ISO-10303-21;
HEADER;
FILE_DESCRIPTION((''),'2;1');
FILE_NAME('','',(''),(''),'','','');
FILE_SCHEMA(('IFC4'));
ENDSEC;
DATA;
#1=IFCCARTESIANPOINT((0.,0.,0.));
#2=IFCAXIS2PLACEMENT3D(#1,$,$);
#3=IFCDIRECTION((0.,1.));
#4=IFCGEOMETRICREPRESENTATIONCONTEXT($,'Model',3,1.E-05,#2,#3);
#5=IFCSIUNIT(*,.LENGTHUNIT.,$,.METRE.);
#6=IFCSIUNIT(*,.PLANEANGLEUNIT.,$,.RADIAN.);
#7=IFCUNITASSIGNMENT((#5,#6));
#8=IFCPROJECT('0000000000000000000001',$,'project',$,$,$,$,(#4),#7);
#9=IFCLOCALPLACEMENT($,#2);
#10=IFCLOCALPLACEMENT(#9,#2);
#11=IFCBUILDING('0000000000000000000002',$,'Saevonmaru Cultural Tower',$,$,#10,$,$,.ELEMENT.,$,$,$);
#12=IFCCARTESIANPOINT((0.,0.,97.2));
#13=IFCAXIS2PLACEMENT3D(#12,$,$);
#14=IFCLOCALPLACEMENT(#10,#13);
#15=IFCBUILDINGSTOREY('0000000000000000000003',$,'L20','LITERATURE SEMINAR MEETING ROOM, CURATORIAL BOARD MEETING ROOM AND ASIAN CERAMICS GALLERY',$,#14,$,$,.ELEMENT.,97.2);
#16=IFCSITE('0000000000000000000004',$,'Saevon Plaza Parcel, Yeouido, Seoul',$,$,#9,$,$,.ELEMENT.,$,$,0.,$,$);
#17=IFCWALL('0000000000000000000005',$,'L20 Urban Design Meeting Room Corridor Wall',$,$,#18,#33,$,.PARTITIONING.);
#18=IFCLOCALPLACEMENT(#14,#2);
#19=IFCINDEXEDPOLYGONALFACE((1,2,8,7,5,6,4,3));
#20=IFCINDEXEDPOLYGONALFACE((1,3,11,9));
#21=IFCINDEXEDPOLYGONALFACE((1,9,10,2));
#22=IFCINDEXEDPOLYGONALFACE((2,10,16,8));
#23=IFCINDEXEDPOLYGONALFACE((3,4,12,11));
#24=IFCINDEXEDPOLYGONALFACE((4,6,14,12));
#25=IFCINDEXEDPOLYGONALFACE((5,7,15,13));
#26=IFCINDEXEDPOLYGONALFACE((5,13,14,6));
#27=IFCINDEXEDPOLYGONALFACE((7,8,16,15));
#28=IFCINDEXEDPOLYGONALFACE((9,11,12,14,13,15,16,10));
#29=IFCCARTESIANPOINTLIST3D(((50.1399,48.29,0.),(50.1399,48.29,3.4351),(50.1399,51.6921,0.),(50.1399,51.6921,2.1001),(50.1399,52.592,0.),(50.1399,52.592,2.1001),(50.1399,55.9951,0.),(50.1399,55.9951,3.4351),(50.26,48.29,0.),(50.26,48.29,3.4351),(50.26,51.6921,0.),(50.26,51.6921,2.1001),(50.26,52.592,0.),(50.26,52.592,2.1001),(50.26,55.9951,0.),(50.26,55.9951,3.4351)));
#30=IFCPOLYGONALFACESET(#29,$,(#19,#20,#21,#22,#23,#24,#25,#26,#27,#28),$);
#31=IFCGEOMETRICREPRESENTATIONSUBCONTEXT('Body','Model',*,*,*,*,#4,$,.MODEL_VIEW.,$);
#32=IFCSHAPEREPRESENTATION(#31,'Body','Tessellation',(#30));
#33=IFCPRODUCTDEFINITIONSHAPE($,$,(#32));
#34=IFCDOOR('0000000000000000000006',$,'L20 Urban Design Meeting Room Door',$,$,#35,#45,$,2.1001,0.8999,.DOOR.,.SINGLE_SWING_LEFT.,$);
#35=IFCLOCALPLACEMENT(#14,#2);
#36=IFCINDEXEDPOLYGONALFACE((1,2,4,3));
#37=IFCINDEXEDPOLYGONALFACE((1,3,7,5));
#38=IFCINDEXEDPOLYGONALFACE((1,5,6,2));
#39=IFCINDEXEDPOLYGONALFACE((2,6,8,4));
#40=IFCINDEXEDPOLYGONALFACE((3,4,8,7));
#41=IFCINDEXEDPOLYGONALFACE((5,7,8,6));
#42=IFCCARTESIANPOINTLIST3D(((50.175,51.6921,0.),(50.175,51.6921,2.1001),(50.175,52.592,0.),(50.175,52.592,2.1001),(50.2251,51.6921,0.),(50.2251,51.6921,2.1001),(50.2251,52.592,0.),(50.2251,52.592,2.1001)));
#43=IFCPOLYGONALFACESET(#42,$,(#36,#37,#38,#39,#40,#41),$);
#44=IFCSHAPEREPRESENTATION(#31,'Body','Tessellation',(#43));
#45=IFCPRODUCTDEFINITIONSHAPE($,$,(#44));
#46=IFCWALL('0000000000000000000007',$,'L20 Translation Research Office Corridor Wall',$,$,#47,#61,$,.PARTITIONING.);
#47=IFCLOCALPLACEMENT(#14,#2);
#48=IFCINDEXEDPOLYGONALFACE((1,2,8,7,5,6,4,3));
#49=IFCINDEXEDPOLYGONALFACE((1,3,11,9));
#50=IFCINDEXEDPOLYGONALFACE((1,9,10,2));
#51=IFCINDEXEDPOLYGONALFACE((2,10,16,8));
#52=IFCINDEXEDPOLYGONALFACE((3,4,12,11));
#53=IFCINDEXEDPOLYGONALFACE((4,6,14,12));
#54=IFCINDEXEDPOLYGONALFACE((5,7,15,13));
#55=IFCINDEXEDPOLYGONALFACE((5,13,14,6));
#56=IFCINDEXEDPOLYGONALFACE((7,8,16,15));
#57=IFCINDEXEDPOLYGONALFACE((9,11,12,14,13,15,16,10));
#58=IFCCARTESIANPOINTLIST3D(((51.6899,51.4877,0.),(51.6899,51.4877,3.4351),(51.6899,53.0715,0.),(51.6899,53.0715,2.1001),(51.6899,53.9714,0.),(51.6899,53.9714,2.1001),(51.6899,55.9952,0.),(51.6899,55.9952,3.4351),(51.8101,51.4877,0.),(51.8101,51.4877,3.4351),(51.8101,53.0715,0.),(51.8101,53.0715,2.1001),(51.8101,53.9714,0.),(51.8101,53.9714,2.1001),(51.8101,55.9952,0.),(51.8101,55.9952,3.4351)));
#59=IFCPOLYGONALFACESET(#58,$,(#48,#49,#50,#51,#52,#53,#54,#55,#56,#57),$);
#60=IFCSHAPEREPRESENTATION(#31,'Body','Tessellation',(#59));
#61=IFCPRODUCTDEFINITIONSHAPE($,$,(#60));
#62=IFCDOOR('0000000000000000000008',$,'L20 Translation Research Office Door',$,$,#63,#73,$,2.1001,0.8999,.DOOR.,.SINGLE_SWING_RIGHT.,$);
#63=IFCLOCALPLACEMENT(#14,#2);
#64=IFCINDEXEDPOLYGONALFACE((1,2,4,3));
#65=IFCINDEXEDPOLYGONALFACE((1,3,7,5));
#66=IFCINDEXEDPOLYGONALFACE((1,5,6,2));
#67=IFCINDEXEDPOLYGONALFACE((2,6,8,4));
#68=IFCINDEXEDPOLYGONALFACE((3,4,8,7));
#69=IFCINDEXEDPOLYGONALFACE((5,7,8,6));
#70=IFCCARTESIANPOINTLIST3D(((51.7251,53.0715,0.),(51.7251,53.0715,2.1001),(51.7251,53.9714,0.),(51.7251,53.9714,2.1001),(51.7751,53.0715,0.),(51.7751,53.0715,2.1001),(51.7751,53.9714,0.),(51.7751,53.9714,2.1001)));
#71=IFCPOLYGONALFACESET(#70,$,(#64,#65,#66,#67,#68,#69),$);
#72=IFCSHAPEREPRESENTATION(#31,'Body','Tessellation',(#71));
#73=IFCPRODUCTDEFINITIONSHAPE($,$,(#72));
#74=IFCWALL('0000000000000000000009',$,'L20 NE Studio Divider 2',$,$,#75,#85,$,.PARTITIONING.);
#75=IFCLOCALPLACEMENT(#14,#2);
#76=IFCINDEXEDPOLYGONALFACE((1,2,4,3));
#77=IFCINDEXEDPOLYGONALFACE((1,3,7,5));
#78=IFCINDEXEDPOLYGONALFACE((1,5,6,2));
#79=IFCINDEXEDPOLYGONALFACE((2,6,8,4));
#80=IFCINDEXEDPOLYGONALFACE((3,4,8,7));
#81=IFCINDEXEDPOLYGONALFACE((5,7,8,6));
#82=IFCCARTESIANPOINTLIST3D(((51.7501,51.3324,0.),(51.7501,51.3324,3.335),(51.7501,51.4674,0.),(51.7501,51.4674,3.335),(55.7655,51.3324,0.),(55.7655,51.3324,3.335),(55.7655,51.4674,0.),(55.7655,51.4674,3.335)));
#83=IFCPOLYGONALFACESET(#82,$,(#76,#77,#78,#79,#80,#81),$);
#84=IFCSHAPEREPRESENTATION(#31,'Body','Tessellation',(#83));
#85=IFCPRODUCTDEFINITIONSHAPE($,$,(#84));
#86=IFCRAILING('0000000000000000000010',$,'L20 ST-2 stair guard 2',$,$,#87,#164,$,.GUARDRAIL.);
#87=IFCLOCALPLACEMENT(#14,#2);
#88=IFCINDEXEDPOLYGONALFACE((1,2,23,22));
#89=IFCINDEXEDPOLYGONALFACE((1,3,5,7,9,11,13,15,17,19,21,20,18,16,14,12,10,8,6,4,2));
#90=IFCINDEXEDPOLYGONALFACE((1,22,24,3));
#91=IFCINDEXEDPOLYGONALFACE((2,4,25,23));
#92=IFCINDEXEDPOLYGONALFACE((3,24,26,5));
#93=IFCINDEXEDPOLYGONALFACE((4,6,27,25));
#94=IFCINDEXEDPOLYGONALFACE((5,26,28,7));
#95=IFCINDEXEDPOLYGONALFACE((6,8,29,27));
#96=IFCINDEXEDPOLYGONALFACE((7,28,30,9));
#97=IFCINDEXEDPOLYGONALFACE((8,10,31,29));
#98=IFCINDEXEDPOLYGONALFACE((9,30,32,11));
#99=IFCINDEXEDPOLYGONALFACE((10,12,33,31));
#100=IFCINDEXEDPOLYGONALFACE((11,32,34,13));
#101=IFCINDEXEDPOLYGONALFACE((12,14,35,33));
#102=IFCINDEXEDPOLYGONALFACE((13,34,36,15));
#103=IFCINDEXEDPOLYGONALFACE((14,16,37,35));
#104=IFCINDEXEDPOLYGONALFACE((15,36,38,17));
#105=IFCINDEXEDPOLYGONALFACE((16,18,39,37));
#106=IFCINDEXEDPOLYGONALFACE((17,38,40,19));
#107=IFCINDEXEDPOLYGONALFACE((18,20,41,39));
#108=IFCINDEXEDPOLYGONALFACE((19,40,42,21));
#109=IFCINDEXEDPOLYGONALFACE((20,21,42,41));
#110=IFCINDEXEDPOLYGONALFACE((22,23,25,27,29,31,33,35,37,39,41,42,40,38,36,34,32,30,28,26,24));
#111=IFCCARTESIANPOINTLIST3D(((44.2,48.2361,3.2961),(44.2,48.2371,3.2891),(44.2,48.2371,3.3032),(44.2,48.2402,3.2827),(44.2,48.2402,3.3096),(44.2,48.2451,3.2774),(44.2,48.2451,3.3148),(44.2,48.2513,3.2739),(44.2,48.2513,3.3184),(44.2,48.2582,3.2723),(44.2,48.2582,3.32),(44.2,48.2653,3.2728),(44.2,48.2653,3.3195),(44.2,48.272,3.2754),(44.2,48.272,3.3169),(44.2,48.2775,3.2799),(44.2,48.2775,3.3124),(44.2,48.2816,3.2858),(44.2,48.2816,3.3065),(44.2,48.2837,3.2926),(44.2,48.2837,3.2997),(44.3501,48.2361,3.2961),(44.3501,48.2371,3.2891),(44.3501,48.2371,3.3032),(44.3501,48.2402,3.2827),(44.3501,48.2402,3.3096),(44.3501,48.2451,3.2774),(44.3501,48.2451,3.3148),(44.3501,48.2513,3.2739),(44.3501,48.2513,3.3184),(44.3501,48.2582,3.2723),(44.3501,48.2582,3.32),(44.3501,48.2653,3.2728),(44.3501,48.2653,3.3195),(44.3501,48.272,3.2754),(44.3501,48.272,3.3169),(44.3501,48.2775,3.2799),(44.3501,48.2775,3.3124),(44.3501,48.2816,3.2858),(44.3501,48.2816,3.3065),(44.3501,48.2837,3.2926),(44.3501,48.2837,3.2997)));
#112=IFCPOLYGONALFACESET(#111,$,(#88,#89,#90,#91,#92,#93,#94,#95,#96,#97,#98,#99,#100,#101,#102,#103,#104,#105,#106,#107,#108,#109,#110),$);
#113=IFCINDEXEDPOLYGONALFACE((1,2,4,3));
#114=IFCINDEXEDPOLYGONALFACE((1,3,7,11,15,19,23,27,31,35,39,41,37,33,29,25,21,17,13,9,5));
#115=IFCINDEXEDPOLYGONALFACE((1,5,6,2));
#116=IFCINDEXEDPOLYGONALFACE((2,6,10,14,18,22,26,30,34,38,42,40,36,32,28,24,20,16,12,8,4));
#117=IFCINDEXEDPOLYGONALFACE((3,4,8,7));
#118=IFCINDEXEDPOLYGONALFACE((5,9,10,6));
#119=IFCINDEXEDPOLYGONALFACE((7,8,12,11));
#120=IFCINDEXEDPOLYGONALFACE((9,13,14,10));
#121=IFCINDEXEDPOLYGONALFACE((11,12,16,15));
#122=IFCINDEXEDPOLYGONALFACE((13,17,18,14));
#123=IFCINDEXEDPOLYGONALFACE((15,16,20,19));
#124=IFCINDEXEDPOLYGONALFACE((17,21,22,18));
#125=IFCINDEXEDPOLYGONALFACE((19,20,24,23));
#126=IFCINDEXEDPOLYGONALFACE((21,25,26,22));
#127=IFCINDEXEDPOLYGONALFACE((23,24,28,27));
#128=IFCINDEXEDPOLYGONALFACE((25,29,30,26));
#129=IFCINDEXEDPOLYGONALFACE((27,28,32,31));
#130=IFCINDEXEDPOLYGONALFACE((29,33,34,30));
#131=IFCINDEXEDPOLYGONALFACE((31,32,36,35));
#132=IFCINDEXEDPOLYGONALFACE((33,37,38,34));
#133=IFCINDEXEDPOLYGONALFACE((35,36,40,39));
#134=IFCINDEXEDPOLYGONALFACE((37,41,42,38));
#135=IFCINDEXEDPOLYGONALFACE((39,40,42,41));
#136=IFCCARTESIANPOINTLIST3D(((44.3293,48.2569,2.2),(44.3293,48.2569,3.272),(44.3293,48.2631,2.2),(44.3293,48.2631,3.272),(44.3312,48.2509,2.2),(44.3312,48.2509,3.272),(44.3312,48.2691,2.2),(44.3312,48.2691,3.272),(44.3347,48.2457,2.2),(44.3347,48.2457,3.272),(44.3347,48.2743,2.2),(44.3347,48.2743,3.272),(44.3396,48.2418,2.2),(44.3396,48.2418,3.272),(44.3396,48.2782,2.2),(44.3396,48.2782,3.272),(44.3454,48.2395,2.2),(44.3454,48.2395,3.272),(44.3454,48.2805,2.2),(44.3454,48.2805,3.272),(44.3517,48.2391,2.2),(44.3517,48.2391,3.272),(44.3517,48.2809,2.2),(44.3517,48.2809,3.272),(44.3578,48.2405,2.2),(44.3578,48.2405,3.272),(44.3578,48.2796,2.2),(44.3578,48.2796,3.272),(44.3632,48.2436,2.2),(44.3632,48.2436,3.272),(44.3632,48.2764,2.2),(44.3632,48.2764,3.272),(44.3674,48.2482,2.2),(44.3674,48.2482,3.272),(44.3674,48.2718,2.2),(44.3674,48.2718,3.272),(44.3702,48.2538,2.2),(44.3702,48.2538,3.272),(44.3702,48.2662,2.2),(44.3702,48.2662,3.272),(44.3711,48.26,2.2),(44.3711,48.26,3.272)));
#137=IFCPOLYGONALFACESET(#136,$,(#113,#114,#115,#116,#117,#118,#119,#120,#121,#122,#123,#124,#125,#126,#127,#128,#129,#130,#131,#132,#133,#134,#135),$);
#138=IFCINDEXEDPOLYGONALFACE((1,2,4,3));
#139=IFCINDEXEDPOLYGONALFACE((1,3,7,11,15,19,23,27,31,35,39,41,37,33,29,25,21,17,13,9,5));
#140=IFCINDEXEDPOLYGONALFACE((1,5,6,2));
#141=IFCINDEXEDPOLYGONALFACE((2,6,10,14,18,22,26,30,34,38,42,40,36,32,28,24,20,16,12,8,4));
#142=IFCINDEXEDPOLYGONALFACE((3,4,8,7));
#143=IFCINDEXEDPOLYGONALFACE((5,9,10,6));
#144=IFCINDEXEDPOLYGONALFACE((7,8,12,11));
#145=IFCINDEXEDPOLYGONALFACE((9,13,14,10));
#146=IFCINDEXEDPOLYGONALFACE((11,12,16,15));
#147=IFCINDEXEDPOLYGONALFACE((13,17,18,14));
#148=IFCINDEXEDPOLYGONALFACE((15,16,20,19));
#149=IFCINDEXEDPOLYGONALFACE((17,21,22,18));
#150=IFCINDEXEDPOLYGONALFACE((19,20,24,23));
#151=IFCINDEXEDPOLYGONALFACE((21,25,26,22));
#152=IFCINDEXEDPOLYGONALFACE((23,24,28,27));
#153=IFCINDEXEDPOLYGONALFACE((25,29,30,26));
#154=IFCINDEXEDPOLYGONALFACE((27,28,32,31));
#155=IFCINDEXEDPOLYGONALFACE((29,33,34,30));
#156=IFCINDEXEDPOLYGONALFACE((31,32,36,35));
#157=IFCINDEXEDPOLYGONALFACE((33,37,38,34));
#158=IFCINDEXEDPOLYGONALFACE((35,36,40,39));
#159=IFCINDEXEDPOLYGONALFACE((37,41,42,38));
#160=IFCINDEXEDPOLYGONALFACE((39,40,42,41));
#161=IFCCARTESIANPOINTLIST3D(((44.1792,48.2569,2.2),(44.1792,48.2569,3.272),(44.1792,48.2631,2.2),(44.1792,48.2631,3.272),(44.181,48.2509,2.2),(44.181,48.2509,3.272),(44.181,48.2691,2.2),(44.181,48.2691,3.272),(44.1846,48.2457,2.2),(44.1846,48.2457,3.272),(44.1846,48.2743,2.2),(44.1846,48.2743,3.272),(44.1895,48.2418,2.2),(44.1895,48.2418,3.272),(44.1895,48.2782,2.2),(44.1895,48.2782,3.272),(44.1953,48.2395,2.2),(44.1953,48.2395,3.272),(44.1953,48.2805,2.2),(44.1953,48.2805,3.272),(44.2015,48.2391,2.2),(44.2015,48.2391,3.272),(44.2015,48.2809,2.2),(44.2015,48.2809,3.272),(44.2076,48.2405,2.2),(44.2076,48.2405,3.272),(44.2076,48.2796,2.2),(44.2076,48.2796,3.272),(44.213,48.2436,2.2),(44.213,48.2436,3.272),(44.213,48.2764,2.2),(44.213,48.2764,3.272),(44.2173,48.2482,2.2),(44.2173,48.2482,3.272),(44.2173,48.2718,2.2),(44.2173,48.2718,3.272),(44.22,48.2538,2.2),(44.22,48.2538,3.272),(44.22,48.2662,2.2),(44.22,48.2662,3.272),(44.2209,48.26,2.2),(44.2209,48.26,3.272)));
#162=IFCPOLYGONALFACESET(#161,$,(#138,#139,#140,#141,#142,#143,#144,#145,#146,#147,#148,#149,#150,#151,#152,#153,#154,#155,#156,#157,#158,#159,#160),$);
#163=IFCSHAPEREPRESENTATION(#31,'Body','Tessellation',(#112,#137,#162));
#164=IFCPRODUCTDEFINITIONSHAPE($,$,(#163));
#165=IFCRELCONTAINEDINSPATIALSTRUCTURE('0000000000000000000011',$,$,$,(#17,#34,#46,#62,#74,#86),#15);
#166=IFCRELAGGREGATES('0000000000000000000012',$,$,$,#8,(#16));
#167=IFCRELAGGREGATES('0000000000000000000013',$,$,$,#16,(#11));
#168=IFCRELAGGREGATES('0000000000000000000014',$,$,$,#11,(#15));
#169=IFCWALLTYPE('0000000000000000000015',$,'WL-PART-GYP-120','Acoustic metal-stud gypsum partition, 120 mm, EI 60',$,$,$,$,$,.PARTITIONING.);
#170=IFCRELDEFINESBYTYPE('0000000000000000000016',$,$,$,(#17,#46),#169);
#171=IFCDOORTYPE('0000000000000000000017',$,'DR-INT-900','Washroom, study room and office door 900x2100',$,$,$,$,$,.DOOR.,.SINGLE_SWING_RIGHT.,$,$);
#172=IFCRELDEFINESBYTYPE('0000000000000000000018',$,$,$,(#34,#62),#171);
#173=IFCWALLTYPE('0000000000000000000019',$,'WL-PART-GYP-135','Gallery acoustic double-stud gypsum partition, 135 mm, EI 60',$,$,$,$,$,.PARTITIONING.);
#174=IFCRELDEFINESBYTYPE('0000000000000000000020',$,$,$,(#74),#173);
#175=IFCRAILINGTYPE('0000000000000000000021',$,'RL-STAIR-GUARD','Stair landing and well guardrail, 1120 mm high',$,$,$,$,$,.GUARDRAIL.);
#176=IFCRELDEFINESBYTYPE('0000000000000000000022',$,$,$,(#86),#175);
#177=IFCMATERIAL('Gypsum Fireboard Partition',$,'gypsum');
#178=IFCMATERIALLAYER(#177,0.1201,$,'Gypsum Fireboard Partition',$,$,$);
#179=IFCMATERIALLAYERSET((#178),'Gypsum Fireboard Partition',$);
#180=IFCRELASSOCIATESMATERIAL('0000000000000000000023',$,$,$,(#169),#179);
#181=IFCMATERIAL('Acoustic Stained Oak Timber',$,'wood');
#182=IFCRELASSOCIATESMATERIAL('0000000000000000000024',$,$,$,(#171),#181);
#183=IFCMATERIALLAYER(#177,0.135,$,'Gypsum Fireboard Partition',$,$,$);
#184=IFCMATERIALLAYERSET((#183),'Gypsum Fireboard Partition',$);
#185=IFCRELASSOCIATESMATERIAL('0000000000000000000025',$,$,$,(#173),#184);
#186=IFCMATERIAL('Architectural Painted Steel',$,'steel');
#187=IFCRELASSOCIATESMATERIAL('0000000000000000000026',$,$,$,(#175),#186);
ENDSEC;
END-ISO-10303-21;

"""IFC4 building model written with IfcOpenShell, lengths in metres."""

from ifc_helpers import new_model, si_unit, direction, frame, frame_2d, origin, origin_2d, place, context, subcontext, project, spatial, rectangle, circle, extrude, material, layer, layer_set, type_object, element, fill, save


model = new_model("IFC4")

# Units and contexts
model_context = context("Model", 3, precision=1e-05, world=origin(), true_north=direction((0.0, 1.0)))
body_context = subcontext(model_context, "Body", "Model", "MODEL_VIEW")
ifc_project = project(units=[si_unit("LENGTHUNIT", "METRE"), si_unit("PLANEANGLEUNIT", "RADIAN")], contexts=[model_context])

# Site, building, storey
site_placement = place(None, origin())
site = spatial("IfcSite", under=ifc_project, at=site_placement, Name="Saevon Plaza Parcel, Yeouido, Seoul", CompositionType="ELEMENT", RefElevation=0.0)
building_placement = place(site_placement, origin())
building = spatial("IfcBuilding", under=site, at=building_placement, Name="Saevonmaru Cultural Tower", CompositionType="ELEMENT")
storey_placement = place(building_placement, frame((0.0, 0.0, 97.2)))
storey = spatial("IfcBuildingStorey", under=building, at=storey_placement, Name="L20", Description="LITERATURE SEMINAR MEETING ROOM, CURATORIAL BOARD MEETING ROOM AND ASIAN CERAMICS GALLERY", CompositionType="ELEMENT", Elevation=97.2)

# Walls, openings, doors
ifc_material_1 = material(Name="Gypsum Fireboard Partition", Category="gypsum")
ifc_layer_1 = layer(ifc_material_1, 0.1201, Name="Gypsum Fireboard Partition")
ifc_layer_set_1 = layer_set([ifc_layer_1], Name="Gypsum Fireboard Partition")
wall_type_1 = type_object("IfcWallType", Name="WL-PART-GYP-120", Description="Acoustic metal-stud gypsum partition, 120 mm, EI 60", PredefinedType="PARTITIONING", material=ifc_layer_set_1)
wall_1_placement = place(storey_placement, frame((50.2, 48.29, 0.0), z_axis=(0.0, 0.0, 1.0), x_axis=(0.0, 1.0, 0.0)))
wall_1 = element("IfcWall", 1, at=wall_1_placement, inside=storey, type_object=wall_type_1, Name="L20 Urban Design Meeting Room Corridor Wall", PredefinedType="PARTITIONING", context=body_context, shape_type="SweptSolid", body=[
    extrude(rectangle(XDim=7.7051, YDim=0.1201, at=frame_2d((3.8525, 0.0))), origin(), (0.0, 0.0, 1.0), 3.4351),
])
opening_1_placement = place(wall_1_placement, frame((3.4021, 0.0, 0.0)))
opening_1 = element("IfcOpeningElement", 2, at=opening_1_placement, cuts=wall_1, PredefinedType="OPENING", context=body_context, shape_type="SweptSolid", body=[
    extrude(rectangle(XDim=0.8999, YDim=2.1001, at=frame_2d((0.45, 1.05))), frame((0.0, 0.0701, 0.0), z_axis=(0.0, -1.0, 0.0), x_axis=(1.0, 0.0, 0.0)), (0.0, 0.0, 1.0), 0.1401),
])
ifc_material_2 = material(Name="Acoustic Stained Oak Timber", Category="wood")
door_type = type_object("IfcDoorType", Name="DR-INT-900", Description="Washroom, study room and office door 900x2100", OperationType="SINGLE_SWING_RIGHT", PredefinedType="DOOR", material=ifc_material_2)
door_1_placement = place(opening_1_placement, origin())
door_1 = element("IfcDoor", 3, at=door_1_placement, inside=storey, type_object=door_type, Name="L20 Urban Design Meeting Room Door", OperationType="SINGLE_SWING_LEFT", OverallHeight=2.1001, OverallWidth=0.8999, PredefinedType="DOOR", context=body_context, shape_type="SweptSolid", body=[
    extrude(rectangle(XDim=0.8999, YDim=2.1001, at=frame_2d((0.45, 1.05))), frame((0.0, 0.0249, 0.0), z_axis=(0.0, -1.0, 0.0), x_axis=(1.0, 0.0, 0.0)), (0.0, 0.0, 1.0), 0.05),
])
fill(opening_1, door_1)
wall_2_placement = place(storey_placement, frame((51.75, 51.4875, 0.0), z_axis=(0.0, 0.0, 1.0), x_axis=(0.0, 1.0, 0.0)))
wall_2 = element("IfcWall", 4, at=wall_2_placement, inside=storey, type_object=wall_type_1, Name="L20 Translation Research Office Corridor Wall", PredefinedType="PARTITIONING", context=body_context, shape_type="SweptSolid", body=[
    extrude(rectangle(XDim=4.5076, YDim=0.1201, at=frame_2d((2.2539, 0.0))), origin(), (0.0, 0.0, 1.0), 3.4351),
])
opening_2_placement = place(wall_2_placement, frame((1.584, 0.0, 0.0)))
opening_2 = element("IfcOpeningElement", 5, at=opening_2_placement, cuts=wall_2, PredefinedType="OPENING", context=body_context, shape_type="SweptSolid", body=[
    extrude(rectangle(XDim=0.8999, YDim=2.1001, at=frame_2d((0.45, 1.05))), frame((0.0, 0.0701, 0.0), z_axis=(0.0, -1.0, 0.0), x_axis=(1.0, 0.0, 0.0)), (0.0, 0.0, 1.0), 0.1401),
])
door_2_placement = place(opening_2_placement, origin())
door_2 = element("IfcDoor", 6, at=door_2_placement, inside=storey, type_object=door_type, Name="L20 Translation Research Office Door", OperationType="SINGLE_SWING_RIGHT", OverallHeight=2.1001, OverallWidth=0.8999, PredefinedType="DOOR", context=body_context, shape_type="SweptSolid", body=[
    extrude(rectangle(XDim=0.8999, YDim=2.1001, at=frame_2d((0.45, 1.05))), frame((0.0, 0.0249, 0.0), z_axis=(0.0, -1.0, 0.0), x_axis=(1.0, 0.0, 0.0)), (0.0, 0.0, 1.0), 0.05),
])
fill(opening_2, door_2)

# Wall
ifc_layer_2 = layer(ifc_material_1, 0.135, Name="Gypsum Fireboard Partition")
ifc_layer_set_2 = layer_set([ifc_layer_2], Name="Gypsum Fireboard Partition")
wall_type_2 = type_object("IfcWallType", Name="WL-PART-GYP-135", Description="Gallery acoustic double-stud gypsum partition, 135 mm, EI 60", PredefinedType="PARTITIONING", material=ifc_layer_set_2)
wall_3_placement = place(storey_placement, frame((51.75, 51.3999, 0.0), z_axis=(0.0, 0.0, 1.0), x_axis=(1.0, 0.0, 0.0)))
element("IfcWall", 7, at=wall_3_placement, inside=storey, type_object=wall_type_2, Name="L20 NE Studio Divider 2", PredefinedType="PARTITIONING", context=body_context, shape_type="SweptSolid", body=[
    extrude(rectangle(XDim=4.0154, YDim=0.135, at=frame_2d((2.0078, 0.0))), origin(), (0.0, 0.0, 1.0), 3.335),
])

# Railing
ifc_material_3 = material(Name="Architectural Painted Steel", Category="steel")
railing_type = type_object("IfcRailingType", Name="RL-STAIR-GUARD", Description="Stair landing and well guardrail, 1120 mm high", PredefinedType="GUARDRAIL", material=ifc_material_3)
railing_placement = place(storey_placement, frame((44.3501, 48.26, 2.2)))
element("IfcRailing", 8, at=railing_placement, inside=storey, type_object=railing_type, Name="L20 ST-2 stair guard 2", PredefinedType="GUARDRAIL", context=body_context, shape_type="SweptSolid", body=[
    extrude(circle(Radius=0.0239, at=origin_2d()), frame((0.0, 0.0, 1.0962), z_axis=(-1.0, 0.0, 0.0), x_axis=(0.0, -1.0, 0.0)), (0.0, 0.0, 1.0), 0.1501),
    extrude(circle(Radius=0.021, at=origin_2d()), origin(), (0.0, 0.0, 1.0), 1.072),
    extrude(circle(Radius=0.021, at=origin_2d()), frame((-0.1501, 0.0, 0.0)), (0.0, 0.0, 1.0), 1.072),
])

save(model, "model.ifc")
